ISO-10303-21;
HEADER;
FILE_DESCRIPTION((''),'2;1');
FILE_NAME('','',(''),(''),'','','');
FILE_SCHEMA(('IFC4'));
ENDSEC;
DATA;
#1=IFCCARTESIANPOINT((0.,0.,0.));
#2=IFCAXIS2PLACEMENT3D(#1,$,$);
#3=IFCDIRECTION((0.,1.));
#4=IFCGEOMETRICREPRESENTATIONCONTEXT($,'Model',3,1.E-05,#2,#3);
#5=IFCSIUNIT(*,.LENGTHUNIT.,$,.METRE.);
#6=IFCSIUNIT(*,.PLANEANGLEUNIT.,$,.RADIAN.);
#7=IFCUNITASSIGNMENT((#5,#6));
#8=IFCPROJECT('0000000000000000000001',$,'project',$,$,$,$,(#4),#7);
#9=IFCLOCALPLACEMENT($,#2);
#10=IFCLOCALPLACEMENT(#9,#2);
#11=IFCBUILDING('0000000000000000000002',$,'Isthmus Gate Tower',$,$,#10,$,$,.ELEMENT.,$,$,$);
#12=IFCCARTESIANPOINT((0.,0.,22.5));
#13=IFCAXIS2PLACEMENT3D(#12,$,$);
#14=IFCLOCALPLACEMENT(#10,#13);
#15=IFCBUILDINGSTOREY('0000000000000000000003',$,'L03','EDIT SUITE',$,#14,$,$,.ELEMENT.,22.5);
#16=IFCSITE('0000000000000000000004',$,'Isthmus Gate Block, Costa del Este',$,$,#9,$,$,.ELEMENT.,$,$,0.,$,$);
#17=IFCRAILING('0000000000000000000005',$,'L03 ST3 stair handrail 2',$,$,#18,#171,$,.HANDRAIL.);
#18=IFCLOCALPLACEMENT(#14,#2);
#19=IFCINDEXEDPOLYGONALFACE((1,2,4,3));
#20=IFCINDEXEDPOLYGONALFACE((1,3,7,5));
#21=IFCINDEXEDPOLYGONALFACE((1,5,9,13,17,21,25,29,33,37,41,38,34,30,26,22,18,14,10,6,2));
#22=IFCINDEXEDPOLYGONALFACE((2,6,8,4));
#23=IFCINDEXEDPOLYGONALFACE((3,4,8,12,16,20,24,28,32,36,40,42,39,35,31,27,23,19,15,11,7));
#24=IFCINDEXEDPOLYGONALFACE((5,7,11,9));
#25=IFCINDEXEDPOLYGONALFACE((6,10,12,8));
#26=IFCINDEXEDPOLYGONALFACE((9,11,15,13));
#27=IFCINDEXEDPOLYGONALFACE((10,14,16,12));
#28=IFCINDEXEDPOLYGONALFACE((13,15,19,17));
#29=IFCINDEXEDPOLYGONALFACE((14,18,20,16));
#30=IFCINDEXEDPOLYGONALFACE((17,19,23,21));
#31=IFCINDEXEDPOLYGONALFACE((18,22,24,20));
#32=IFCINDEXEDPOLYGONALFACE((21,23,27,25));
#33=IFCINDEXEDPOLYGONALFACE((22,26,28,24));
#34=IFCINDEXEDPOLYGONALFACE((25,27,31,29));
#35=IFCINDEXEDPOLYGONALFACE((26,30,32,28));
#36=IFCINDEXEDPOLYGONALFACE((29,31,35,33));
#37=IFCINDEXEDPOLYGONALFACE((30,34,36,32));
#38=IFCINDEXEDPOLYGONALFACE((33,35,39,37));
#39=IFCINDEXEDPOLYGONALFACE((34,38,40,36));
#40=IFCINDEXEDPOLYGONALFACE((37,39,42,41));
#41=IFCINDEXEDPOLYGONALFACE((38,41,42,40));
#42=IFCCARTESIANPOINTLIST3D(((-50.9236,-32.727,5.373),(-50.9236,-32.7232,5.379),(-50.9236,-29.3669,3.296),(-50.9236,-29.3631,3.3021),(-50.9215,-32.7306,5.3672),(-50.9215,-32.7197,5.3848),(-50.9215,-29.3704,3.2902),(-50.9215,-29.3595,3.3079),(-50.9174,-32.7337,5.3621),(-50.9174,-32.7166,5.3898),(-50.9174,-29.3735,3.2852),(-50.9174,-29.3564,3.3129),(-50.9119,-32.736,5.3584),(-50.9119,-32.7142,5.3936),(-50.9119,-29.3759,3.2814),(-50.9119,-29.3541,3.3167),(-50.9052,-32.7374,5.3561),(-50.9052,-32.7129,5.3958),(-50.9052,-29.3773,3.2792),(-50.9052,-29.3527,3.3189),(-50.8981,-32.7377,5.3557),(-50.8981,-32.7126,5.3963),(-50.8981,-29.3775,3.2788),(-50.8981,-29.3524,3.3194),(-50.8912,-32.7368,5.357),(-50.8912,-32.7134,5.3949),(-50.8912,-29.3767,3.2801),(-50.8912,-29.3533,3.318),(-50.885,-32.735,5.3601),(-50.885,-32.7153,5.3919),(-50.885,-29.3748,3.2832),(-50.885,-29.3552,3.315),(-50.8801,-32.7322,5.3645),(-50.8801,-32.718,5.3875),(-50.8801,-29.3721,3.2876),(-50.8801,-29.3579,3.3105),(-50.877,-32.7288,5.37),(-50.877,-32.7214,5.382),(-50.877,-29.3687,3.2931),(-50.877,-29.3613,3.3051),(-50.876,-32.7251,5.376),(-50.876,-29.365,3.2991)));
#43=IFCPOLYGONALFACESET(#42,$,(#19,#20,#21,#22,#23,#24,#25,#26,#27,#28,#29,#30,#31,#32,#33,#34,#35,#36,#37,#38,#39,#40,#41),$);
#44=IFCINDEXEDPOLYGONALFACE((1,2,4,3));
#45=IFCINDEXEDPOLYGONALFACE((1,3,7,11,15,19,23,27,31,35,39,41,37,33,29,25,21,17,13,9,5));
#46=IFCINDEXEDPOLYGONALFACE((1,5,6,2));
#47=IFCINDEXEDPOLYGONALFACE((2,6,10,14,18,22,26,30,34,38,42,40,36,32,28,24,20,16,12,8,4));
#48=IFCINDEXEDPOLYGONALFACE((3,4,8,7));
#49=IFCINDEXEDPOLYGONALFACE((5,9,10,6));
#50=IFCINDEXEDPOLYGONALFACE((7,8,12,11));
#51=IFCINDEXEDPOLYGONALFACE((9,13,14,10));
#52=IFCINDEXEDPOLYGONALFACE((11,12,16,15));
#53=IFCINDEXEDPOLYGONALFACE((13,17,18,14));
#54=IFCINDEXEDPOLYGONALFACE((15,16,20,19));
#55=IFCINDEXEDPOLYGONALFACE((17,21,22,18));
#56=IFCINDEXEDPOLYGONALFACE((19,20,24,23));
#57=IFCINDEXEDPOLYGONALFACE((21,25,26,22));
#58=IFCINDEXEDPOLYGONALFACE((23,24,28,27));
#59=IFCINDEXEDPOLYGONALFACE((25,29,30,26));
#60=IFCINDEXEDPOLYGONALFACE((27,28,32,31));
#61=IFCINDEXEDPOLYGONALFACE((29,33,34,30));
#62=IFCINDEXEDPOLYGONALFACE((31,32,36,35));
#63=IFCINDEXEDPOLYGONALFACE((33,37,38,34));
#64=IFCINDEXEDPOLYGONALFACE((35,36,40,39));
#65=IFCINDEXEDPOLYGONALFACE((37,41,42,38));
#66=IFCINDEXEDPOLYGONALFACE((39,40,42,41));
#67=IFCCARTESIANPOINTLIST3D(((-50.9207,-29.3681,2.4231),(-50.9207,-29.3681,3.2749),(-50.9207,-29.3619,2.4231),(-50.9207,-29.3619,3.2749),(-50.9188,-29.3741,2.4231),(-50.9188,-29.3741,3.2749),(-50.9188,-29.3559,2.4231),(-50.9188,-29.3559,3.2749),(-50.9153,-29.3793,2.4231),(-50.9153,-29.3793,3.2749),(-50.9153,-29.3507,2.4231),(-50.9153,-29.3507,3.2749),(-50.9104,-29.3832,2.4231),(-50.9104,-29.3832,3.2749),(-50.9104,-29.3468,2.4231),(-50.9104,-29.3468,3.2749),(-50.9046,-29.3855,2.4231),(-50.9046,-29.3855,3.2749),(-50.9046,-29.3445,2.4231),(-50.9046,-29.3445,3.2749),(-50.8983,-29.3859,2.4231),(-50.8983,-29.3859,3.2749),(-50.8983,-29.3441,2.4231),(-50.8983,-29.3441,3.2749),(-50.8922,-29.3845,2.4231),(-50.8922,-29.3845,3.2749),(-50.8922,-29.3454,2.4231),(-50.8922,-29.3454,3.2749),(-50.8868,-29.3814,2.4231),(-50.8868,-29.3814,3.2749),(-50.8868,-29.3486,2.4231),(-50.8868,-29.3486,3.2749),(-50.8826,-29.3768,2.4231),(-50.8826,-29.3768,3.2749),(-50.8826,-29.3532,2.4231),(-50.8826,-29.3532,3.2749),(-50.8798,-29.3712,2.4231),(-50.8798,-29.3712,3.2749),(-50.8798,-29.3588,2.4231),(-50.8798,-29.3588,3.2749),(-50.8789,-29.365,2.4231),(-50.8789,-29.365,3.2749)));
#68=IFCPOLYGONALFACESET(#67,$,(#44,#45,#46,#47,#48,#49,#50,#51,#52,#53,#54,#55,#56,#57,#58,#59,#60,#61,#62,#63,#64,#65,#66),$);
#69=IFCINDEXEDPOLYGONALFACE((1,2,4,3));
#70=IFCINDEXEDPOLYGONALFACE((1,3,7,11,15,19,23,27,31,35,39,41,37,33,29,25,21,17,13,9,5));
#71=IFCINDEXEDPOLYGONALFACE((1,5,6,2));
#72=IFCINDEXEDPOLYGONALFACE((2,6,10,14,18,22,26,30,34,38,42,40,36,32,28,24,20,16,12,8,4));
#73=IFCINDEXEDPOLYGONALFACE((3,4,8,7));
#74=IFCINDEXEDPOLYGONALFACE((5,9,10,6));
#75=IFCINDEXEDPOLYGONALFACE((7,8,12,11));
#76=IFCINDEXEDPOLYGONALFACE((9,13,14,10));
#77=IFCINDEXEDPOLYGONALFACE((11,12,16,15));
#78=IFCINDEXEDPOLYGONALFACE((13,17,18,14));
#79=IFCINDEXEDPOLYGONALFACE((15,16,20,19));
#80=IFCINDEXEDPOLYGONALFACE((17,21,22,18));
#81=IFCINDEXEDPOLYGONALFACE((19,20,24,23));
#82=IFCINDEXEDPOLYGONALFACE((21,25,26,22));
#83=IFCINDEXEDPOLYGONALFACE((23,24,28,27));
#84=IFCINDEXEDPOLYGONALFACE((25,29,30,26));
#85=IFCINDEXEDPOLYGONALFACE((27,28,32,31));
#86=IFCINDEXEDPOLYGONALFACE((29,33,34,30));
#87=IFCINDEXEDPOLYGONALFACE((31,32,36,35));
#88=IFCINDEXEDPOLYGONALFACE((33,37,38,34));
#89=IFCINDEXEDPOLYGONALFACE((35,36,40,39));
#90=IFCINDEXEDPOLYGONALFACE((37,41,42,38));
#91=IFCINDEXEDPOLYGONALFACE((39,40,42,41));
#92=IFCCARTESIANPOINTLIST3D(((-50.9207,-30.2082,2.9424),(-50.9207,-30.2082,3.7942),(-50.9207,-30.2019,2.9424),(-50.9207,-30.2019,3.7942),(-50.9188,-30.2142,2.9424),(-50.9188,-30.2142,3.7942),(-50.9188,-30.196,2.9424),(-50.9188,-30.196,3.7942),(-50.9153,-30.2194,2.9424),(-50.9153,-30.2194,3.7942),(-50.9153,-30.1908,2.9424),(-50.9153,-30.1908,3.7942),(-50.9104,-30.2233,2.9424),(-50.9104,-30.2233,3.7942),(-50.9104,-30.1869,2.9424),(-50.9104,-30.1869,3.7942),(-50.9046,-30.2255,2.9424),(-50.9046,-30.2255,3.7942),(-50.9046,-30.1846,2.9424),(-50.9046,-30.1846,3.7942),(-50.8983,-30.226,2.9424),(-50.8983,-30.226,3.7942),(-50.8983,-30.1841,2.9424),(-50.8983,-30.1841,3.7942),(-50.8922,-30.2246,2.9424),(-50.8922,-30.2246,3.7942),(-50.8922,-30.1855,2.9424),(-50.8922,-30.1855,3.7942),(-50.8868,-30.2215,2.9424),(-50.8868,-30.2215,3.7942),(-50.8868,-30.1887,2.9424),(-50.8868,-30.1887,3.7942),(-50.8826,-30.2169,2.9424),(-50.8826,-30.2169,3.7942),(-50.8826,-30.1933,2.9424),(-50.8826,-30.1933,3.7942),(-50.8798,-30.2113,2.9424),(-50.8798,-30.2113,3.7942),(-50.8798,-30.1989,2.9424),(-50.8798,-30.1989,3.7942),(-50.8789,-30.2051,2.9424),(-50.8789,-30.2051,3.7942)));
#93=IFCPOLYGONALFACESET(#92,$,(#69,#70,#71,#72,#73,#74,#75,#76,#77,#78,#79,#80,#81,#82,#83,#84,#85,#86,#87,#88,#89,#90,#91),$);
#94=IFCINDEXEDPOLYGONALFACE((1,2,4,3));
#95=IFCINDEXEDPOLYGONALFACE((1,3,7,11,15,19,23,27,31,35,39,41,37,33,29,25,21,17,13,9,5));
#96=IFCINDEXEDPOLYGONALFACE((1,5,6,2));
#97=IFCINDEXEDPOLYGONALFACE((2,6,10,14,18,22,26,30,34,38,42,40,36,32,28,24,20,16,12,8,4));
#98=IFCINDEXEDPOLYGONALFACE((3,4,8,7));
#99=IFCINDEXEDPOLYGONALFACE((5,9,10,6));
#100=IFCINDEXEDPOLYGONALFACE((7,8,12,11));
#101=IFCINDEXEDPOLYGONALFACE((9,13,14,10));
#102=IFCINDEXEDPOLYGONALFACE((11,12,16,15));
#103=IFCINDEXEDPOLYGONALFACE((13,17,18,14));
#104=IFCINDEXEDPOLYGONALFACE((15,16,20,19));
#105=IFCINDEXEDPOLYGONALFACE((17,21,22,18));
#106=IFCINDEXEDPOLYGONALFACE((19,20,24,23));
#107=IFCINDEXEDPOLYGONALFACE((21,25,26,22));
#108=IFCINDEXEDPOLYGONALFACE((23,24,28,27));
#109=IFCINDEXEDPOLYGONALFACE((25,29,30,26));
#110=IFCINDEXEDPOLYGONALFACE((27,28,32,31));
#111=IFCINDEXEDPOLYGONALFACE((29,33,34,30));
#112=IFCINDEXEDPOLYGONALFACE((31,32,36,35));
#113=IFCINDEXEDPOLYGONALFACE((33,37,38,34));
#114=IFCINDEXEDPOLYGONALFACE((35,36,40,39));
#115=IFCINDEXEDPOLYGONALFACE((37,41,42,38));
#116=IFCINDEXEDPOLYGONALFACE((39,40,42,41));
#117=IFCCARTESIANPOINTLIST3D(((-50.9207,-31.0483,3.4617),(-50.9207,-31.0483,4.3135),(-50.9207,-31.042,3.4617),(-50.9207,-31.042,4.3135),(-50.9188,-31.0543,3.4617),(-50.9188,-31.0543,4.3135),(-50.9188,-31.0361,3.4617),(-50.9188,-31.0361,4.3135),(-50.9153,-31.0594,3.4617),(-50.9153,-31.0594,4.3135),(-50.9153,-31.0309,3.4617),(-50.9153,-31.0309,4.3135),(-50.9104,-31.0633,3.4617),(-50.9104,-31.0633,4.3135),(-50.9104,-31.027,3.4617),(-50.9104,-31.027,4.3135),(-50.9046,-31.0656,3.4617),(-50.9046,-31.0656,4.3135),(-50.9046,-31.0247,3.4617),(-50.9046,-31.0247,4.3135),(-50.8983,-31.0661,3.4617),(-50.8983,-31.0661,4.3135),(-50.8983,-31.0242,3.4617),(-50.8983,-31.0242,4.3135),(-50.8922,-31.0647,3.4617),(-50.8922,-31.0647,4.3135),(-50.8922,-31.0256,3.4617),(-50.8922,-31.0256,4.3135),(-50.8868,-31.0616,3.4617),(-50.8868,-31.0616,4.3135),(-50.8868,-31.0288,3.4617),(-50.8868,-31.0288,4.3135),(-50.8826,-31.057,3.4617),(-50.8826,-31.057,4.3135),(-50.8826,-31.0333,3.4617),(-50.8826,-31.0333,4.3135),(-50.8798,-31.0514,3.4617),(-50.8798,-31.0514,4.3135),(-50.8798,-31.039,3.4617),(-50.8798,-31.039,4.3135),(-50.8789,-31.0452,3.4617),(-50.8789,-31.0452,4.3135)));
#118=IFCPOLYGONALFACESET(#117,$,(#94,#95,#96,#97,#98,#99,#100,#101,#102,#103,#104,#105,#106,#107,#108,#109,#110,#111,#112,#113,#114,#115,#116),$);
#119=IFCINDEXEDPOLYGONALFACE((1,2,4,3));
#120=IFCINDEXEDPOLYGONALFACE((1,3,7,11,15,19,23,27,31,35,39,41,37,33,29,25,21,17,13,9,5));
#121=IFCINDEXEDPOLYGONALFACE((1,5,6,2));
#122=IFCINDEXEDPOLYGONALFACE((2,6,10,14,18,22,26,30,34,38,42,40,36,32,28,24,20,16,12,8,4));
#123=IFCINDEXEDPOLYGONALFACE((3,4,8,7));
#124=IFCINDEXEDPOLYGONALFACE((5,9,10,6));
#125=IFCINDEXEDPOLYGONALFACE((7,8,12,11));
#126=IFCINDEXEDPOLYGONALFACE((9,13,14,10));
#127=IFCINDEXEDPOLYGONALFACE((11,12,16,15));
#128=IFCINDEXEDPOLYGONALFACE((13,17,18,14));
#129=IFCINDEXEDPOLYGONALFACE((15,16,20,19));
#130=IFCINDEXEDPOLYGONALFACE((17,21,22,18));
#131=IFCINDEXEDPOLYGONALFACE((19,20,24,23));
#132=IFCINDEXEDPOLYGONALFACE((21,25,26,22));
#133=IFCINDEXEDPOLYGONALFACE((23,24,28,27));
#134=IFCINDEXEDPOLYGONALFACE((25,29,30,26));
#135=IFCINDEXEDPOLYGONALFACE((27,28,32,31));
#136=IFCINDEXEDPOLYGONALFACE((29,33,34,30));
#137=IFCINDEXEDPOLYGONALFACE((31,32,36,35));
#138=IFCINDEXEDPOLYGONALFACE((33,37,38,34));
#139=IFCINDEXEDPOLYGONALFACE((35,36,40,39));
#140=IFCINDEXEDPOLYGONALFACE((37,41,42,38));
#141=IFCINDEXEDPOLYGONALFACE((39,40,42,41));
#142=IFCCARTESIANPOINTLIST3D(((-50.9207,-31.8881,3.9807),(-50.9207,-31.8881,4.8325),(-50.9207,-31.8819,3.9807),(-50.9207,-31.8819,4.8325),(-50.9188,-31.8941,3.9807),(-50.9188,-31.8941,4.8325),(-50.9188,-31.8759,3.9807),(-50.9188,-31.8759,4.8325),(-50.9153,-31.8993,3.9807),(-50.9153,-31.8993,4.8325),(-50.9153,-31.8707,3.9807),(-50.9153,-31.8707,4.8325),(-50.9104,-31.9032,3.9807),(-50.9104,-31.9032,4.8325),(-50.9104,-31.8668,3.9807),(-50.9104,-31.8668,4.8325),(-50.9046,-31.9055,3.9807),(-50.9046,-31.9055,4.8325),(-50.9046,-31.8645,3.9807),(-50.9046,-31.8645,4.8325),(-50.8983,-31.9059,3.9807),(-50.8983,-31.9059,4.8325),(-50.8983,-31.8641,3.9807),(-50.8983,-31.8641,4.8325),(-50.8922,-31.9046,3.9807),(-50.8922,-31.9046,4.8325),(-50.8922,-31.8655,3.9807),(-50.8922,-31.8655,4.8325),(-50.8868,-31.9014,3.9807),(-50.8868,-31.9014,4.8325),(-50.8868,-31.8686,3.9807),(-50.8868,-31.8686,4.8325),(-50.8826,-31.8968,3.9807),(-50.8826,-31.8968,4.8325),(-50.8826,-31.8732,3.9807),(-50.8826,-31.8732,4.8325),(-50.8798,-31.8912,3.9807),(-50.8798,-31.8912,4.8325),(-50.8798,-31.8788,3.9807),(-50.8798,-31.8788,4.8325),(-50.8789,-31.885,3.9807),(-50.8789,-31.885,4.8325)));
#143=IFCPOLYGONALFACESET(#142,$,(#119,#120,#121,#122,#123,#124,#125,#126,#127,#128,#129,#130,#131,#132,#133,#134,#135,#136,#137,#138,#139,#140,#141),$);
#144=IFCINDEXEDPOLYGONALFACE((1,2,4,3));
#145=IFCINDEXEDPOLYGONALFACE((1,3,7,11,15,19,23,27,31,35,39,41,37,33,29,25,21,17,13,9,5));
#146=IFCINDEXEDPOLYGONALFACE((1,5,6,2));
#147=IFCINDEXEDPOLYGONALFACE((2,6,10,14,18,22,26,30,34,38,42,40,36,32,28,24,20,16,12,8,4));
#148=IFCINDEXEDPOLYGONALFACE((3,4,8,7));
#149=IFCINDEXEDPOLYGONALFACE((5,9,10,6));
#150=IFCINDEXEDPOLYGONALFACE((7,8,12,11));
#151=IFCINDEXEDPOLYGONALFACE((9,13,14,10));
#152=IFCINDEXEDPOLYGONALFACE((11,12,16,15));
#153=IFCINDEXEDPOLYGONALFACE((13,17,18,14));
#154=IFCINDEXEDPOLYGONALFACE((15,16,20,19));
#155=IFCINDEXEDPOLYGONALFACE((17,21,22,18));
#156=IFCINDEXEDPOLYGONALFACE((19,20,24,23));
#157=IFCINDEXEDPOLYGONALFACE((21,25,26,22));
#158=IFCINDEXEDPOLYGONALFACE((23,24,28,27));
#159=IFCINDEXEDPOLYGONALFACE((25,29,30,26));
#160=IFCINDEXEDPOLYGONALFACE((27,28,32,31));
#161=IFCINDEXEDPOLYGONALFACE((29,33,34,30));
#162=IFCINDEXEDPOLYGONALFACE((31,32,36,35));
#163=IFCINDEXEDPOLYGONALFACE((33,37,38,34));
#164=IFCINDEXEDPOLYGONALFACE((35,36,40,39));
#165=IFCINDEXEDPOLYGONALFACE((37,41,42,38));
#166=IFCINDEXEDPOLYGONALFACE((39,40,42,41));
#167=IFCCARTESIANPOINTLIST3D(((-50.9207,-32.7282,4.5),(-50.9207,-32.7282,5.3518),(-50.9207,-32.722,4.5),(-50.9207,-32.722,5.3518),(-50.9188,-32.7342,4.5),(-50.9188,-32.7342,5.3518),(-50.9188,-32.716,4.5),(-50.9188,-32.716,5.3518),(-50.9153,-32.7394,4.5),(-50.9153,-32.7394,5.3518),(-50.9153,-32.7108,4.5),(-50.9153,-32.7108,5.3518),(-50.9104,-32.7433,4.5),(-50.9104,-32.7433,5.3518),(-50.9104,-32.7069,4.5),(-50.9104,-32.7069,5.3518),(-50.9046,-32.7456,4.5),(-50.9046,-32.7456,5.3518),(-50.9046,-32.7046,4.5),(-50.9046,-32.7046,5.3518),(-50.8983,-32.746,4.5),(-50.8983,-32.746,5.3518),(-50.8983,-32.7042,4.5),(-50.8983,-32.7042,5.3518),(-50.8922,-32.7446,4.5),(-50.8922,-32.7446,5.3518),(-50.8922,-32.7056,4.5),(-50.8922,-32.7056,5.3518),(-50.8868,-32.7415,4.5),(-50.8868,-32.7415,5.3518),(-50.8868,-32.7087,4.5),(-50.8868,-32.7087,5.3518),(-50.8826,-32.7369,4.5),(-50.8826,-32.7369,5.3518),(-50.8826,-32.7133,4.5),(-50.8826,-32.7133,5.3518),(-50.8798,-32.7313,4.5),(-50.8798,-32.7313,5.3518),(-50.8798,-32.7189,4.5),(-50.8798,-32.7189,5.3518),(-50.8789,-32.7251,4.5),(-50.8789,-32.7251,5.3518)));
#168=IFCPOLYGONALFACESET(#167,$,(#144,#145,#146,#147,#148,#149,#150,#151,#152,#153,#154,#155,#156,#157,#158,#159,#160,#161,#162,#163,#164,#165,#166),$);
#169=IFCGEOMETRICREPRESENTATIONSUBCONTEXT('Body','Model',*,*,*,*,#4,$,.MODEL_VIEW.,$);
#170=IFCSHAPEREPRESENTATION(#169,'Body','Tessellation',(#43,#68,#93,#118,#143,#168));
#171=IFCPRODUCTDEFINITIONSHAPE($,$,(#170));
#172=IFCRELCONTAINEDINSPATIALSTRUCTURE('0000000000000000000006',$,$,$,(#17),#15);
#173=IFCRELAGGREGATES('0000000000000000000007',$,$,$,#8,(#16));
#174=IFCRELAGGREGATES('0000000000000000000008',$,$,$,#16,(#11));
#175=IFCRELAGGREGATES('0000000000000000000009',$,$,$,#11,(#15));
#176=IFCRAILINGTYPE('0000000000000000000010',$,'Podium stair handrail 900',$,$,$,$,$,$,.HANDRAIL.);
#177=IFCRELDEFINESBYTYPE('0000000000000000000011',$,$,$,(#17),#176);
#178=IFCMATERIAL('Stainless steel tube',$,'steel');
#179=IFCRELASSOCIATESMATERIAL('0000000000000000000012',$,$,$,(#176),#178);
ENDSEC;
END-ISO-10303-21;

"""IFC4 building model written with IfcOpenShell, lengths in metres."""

from ifc_helpers import new_model, si_unit, direction, frame, origin, origin_2d, place, context, subcontext, project, spatial, circle, extrude, material, type_object, element, save


model = new_model("IFC4")

# Units and contexts
model_context = context("Model", 3, precision=1e-05, world=origin(), true_north=direction((0.0, 1.0)))
body_context = subcontext(model_context, "Body", "Model", "MODEL_VIEW")
ifc_project = project(units=[si_unit("LENGTHUNIT", "METRE"), si_unit("PLANEANGLEUNIT", "RADIAN")], contexts=[model_context])

# Site, building, storey
site_placement = place(None, origin())
site = spatial("IfcSite", under=ifc_project, at=site_placement, Name="Isthmus Gate Block, Costa del Este", CompositionType="ELEMENT", RefElevation=0.0)
building_placement = place(site_placement, origin())
building = spatial("IfcBuilding", under=site, at=building_placement, Name="Isthmus Gate Tower", CompositionType="ELEMENT")
storey_placement = place(building_placement, frame((0.0, 0.0, 22.5)))
storey = spatial("IfcBuildingStorey", under=building, at=storey_placement, Name="L03", Description="EDIT SUITE", CompositionType="ELEMENT", Elevation=22.5)

# Railing
ifc_material_1 = material(Name="Stainless steel tube", Category="steel")
railing_type_1 = type_object("IfcRailingType", Name="Podium stair handrail 900", PredefinedType="HANDRAIL", material=ifc_material_1)
railing_1_placement = place(storey_placement, frame((-50.8999, -29.365, 2.4231)))
element("IfcRailing", 1, at=railing_1_placement, inside=storey, type_object=railing_type_1, Name="L03 ST3 stair handrail 2", PredefinedType="HANDRAIL", context=body_context, shape_type="SweptSolid", body=[
    extrude(circle(Radius=0.0239, at=origin_2d()), frame((0.0, 0.0, 0.876), z_axis=(0.0, -0.850623, 0.525776), x_axis=(1.0, 0.0, 0.0)), (0.0, 0.0, 1.0), 3.9502),
    extrude(circle(Radius=0.021, at=origin_2d()), origin(), (0.0, 0.0, 1.0), 0.8518),
    extrude(circle(Radius=0.021, at=origin_2d()), frame((0.0, -0.8401, 0.5193)), (0.0, 0.0, 1.0), 0.8518),
    extrude(circle(Radius=0.021, at=origin_2d()), frame((0.0, -1.6802, 1.0386)), (0.0, 0.0, 1.0), 0.8518),
    extrude(circle(Radius=0.021, at=origin_2d()), frame((0.0, -2.52, 1.5576)), (0.0, 0.0, 1.0), 0.8518),
    extrude(circle(Radius=0.021, at=origin_2d()), frame((0.0, -3.3601, 2.0769)), (0.0, 0.0, 1.0), 0.8518),
])

save(model, "model.ifc")
